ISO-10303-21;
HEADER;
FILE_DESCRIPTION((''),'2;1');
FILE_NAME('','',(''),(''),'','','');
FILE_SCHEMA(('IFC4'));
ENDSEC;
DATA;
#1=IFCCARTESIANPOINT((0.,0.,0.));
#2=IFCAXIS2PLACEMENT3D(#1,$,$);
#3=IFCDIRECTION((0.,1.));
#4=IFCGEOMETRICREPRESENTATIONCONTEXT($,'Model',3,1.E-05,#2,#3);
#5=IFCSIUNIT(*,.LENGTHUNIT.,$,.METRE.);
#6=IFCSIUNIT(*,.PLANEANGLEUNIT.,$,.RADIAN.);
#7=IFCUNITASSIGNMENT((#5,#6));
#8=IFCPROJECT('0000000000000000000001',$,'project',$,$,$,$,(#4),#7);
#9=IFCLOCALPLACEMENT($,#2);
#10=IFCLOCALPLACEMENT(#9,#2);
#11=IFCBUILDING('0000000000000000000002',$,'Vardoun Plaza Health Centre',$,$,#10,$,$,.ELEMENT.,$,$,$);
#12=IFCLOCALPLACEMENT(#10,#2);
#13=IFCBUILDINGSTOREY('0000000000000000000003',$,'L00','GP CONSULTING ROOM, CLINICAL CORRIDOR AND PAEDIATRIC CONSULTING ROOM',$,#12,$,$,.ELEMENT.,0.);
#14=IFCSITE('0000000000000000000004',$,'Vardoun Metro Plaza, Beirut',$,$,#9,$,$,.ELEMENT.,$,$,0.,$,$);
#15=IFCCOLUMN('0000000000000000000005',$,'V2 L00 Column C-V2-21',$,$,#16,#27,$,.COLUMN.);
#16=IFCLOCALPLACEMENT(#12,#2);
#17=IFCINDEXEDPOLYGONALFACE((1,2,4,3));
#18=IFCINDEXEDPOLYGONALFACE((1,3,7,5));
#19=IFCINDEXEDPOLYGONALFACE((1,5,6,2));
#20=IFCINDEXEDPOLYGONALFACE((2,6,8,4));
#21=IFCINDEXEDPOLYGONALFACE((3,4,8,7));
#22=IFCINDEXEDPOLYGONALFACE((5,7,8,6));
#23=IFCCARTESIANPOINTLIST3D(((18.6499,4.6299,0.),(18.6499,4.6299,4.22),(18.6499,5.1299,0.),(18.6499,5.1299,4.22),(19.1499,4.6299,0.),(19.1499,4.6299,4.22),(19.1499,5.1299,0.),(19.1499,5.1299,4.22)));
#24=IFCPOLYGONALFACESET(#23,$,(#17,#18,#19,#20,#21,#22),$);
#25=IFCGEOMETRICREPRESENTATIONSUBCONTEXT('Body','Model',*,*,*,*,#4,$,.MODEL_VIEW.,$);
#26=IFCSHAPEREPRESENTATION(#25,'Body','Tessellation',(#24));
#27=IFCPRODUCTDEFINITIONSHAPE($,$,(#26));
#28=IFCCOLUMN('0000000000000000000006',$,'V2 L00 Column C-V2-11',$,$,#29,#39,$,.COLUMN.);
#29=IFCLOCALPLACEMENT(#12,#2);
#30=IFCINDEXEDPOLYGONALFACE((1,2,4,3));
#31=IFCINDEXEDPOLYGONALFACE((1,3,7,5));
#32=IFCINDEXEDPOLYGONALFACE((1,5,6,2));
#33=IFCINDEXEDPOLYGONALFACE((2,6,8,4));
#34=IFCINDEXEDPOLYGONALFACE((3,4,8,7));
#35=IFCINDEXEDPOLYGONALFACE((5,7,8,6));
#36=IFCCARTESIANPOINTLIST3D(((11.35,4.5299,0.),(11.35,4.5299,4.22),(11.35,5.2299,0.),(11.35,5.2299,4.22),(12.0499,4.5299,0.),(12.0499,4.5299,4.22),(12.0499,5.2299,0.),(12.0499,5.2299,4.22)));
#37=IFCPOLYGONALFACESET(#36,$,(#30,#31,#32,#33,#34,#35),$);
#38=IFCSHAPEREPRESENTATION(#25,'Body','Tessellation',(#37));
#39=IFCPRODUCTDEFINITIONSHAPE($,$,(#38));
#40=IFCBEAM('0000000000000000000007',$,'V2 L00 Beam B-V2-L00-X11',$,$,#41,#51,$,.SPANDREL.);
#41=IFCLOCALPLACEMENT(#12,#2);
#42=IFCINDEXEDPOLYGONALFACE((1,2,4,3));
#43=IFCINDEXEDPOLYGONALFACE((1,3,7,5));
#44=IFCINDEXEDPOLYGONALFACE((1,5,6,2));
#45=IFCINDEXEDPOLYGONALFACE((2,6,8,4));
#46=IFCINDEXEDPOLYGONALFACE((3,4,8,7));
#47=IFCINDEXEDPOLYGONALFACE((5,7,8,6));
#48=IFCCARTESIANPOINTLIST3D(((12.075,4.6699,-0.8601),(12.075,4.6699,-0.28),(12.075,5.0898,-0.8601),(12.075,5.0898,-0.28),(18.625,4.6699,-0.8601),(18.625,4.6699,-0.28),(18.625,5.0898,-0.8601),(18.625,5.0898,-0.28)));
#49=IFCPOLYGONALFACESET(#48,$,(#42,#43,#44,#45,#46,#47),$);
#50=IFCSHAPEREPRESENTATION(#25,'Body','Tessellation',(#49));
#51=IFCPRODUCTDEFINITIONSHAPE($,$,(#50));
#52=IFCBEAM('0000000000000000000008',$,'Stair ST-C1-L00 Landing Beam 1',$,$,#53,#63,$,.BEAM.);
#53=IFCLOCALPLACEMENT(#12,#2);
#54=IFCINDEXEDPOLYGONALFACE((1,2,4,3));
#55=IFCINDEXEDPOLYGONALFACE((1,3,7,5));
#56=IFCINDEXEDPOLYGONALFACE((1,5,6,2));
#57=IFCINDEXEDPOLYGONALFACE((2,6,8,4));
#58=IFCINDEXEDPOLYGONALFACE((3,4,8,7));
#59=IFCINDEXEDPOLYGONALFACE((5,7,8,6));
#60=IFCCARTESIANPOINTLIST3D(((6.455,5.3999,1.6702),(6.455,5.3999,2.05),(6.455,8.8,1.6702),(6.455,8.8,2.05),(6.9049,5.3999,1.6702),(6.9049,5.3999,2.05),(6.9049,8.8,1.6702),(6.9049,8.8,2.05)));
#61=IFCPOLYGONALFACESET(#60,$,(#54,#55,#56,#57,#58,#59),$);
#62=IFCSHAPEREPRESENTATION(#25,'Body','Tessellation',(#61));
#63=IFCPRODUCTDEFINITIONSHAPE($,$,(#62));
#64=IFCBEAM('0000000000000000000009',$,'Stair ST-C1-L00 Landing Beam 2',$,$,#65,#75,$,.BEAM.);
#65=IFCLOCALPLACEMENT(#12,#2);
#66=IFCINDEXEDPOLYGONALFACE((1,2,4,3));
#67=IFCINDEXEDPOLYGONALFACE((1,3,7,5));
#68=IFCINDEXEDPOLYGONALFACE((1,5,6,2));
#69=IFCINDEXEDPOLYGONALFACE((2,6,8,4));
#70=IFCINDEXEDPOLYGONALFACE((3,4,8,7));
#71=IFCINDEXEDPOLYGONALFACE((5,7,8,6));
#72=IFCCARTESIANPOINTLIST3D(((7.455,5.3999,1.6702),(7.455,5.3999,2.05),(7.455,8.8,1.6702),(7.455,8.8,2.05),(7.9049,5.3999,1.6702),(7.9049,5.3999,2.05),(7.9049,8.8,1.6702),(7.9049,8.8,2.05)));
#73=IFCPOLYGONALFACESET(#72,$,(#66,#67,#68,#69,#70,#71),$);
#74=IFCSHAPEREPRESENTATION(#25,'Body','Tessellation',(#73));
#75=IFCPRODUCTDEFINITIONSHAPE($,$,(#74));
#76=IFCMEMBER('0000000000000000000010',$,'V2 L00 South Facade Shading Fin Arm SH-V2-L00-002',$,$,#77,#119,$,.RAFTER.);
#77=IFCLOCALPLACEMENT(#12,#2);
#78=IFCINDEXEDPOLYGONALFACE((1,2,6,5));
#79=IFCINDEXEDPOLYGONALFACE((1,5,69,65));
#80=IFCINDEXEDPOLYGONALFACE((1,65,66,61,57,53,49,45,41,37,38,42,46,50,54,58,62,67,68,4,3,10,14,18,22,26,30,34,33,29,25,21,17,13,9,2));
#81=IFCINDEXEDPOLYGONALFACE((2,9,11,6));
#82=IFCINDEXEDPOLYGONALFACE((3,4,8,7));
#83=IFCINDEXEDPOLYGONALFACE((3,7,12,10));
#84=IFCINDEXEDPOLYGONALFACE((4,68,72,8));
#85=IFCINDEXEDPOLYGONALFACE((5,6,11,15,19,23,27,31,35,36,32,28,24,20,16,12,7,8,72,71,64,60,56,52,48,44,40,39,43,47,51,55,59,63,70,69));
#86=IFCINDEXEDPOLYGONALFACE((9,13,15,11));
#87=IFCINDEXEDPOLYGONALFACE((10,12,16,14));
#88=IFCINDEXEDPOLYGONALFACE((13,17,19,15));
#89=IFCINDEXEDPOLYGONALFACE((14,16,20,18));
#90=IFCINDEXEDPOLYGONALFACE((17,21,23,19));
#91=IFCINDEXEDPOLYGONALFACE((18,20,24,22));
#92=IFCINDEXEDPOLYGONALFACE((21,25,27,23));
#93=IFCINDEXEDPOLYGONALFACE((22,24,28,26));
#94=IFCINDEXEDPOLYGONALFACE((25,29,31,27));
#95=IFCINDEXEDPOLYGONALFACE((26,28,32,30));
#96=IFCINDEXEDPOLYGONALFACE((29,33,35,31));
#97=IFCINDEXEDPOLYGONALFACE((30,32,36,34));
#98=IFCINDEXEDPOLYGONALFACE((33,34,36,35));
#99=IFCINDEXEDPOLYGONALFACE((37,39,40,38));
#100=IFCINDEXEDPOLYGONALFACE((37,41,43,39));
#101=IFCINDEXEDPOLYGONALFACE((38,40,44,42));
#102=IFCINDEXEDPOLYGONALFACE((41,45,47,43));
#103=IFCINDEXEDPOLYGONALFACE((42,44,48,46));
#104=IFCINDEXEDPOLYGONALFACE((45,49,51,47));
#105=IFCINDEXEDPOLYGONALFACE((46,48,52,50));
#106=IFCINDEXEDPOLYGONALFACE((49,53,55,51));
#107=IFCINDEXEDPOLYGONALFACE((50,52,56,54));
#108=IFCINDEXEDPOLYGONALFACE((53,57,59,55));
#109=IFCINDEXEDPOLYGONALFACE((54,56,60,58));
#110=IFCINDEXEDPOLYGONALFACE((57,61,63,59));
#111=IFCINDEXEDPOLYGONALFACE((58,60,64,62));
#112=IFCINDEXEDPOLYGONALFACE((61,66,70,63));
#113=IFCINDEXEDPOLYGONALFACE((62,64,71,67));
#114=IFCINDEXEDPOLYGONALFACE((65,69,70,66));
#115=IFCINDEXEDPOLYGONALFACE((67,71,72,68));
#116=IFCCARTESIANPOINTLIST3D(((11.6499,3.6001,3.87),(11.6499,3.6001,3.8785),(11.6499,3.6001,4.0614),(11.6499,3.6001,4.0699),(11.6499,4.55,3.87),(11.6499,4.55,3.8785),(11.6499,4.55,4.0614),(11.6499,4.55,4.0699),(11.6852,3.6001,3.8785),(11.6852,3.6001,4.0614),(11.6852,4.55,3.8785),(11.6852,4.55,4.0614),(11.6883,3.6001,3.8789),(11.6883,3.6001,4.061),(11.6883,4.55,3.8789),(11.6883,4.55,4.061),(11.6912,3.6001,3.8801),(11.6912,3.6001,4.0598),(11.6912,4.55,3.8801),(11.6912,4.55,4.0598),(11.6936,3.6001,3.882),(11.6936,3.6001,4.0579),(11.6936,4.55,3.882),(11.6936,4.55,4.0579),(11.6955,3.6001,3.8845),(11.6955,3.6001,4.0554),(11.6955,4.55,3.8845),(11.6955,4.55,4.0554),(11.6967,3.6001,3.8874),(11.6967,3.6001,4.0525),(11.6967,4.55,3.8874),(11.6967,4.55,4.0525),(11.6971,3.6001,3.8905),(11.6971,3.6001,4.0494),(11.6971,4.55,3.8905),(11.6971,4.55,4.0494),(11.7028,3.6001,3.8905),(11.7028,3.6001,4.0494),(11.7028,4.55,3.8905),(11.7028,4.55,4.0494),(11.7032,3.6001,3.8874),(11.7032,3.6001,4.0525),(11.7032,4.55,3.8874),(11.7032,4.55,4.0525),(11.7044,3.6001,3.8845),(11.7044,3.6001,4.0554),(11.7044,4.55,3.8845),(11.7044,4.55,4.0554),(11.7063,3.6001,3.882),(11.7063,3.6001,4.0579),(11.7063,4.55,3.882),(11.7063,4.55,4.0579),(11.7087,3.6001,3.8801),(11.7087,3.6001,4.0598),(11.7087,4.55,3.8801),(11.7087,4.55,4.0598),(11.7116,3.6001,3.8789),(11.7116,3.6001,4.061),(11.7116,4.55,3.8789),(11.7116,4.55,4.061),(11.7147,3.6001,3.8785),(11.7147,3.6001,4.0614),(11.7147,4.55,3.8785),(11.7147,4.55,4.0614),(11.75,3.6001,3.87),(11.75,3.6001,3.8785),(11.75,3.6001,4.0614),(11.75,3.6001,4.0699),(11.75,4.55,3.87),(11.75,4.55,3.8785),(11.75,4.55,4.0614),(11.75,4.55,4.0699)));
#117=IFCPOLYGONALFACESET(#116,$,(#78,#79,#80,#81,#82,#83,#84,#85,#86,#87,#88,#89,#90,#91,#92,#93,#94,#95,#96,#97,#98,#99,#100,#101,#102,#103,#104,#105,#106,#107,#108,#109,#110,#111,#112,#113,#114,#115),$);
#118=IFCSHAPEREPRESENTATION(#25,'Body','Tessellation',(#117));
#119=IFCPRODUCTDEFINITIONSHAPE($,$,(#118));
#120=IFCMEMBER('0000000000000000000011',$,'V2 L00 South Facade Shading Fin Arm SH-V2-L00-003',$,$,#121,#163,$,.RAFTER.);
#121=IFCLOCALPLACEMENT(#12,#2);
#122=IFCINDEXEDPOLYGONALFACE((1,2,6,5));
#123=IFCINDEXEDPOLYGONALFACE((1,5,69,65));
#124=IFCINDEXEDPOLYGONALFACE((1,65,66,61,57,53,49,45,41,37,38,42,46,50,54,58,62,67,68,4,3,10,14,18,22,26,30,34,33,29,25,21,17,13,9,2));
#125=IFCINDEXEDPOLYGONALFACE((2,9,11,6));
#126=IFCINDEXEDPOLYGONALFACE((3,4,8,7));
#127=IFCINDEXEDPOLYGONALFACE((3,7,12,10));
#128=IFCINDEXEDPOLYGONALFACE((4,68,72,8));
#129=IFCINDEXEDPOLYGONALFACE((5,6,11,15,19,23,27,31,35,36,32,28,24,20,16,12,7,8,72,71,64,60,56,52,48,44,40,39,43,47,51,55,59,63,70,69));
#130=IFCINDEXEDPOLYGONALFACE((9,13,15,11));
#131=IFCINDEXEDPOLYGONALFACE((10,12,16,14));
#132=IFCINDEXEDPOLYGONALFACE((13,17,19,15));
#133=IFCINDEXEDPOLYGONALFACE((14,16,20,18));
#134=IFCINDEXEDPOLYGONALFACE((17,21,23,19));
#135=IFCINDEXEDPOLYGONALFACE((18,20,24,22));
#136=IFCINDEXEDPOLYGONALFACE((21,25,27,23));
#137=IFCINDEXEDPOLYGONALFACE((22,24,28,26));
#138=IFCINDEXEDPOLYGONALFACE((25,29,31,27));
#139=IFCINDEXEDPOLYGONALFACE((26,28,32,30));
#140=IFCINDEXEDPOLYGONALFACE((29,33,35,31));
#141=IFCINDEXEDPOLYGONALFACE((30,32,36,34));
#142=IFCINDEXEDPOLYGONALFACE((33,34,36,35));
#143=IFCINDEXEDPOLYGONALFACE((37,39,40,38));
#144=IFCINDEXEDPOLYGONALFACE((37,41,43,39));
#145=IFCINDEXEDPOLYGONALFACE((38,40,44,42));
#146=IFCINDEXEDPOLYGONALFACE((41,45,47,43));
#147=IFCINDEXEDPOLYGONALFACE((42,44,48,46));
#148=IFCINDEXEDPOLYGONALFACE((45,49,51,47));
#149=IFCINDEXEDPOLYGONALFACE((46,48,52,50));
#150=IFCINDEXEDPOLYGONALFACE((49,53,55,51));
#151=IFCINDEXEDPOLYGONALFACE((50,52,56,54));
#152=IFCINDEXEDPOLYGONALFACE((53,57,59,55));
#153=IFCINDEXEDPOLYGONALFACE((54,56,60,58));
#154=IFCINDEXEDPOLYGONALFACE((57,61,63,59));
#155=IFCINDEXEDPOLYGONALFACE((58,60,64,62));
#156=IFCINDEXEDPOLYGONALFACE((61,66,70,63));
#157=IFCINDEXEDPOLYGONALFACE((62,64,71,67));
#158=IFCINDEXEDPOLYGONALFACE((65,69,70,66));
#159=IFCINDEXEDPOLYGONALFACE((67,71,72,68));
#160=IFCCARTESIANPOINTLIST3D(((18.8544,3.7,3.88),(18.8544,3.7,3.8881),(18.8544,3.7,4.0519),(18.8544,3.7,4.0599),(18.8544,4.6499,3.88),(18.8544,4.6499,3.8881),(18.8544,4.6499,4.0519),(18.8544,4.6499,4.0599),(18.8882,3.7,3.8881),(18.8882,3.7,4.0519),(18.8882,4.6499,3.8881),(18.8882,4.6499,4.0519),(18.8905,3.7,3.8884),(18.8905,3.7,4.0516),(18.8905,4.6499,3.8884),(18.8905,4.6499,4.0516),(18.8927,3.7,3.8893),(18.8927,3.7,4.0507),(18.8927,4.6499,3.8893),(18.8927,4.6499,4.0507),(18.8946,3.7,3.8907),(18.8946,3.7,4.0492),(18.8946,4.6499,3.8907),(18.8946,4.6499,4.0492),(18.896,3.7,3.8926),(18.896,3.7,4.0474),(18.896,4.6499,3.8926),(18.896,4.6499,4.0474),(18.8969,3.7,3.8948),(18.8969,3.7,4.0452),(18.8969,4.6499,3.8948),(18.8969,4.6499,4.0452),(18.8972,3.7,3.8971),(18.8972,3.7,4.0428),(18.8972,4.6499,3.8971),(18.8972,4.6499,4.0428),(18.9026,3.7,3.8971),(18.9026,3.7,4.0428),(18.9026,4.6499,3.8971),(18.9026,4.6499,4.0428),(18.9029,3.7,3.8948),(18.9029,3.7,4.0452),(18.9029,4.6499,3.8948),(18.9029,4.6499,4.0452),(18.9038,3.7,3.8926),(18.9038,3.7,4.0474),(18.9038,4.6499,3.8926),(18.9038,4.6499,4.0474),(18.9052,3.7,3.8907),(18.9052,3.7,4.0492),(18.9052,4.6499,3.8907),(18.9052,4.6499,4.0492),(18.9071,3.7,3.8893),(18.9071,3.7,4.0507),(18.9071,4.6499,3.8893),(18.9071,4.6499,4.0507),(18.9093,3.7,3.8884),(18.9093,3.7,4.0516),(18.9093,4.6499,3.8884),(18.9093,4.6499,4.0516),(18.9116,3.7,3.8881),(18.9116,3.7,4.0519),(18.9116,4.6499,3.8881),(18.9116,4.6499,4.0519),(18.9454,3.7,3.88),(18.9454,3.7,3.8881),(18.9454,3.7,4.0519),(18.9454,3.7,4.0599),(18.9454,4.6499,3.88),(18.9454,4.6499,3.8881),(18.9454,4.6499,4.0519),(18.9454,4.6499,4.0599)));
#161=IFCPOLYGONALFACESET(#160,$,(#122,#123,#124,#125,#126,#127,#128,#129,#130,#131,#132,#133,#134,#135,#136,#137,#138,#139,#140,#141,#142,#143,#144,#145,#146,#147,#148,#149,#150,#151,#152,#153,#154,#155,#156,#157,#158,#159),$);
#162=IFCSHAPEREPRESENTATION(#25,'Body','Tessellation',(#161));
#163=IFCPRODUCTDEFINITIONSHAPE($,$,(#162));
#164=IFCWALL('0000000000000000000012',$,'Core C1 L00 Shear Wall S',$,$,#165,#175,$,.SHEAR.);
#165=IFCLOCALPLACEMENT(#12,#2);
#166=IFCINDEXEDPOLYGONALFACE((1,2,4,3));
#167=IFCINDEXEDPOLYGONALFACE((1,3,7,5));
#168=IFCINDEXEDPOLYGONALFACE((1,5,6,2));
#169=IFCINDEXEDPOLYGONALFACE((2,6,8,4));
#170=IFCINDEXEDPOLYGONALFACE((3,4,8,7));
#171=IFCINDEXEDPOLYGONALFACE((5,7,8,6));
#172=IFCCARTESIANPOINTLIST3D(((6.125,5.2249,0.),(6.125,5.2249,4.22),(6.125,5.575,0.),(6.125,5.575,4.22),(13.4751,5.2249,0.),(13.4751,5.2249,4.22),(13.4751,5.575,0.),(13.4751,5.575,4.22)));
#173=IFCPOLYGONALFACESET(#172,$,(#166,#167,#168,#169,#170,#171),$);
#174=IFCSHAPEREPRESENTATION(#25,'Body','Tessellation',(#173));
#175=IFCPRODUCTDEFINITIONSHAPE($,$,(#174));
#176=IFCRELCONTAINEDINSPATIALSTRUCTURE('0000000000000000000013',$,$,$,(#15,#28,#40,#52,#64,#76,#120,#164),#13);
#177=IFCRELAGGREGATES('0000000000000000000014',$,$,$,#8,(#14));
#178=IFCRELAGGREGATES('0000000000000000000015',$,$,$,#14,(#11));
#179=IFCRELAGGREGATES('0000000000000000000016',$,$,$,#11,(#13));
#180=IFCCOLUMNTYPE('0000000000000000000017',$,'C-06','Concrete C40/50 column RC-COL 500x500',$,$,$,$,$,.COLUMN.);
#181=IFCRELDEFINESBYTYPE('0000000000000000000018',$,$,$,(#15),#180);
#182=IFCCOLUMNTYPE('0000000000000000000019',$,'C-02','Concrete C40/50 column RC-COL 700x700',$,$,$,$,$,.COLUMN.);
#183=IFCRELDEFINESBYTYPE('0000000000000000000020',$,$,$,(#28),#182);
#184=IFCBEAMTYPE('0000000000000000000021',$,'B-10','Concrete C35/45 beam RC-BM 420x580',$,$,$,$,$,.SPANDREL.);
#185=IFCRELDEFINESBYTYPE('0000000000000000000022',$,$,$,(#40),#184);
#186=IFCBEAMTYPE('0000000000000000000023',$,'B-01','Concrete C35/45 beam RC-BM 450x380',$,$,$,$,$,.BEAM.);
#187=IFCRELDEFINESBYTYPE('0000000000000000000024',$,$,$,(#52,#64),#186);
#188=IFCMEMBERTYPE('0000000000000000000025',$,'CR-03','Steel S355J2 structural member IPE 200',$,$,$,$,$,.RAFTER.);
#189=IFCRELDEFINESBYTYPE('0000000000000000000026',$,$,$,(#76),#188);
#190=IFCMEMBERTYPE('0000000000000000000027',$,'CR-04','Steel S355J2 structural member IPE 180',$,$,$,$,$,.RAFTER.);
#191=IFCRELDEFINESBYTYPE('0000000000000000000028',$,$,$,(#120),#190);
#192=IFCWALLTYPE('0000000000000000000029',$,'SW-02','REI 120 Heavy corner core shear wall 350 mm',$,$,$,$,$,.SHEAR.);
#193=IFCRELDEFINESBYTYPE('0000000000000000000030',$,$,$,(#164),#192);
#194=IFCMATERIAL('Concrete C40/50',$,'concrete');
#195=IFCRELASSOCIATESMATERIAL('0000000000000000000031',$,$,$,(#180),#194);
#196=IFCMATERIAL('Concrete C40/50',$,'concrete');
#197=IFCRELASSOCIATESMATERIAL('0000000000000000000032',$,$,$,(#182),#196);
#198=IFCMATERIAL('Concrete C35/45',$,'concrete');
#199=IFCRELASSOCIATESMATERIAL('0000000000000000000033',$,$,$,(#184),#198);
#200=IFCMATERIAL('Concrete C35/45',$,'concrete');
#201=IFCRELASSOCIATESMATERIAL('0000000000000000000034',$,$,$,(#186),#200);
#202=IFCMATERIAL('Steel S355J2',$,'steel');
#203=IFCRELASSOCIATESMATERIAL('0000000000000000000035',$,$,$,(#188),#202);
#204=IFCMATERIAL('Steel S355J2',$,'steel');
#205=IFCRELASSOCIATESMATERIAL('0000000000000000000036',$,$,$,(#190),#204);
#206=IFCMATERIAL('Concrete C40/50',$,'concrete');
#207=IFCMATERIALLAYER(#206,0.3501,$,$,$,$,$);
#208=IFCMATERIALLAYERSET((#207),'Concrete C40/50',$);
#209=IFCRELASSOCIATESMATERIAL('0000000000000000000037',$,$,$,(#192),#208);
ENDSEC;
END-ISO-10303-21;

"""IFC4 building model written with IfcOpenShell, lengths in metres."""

from ifc_helpers import new_model, si_unit, direction, frame, frame_2d, origin, origin_2d, place, context, subcontext, project, spatial, rectangle, i_section, extrude, material, layer, layer_set, material_profile, profile_set, type_object, element, save


model = new_model("IFC4")

# Units and contexts
model_context = context("Model", 3, precision=1e-05, world=origin(), true_north=direction((0.0, 1.0)))
body_context = subcontext(model_context, "Body", "Model", "MODEL_VIEW")
ifc_project = project(units=[si_unit("LENGTHUNIT", "METRE"), si_unit("PLANEANGLEUNIT", "RADIAN")], contexts=[model_context])

# Site, building, storey
site_placement = place(None, origin())
site = spatial("IfcSite", under=ifc_project, at=site_placement, Name="Vardoun Metro Plaza, Beirut", CompositionType="ELEMENT", RefElevation=0.0)
building_placement = place(site_placement, origin())
building = spatial("IfcBuilding", under=site, at=building_placement, Name="Vardoun Plaza Health Centre", CompositionType="ELEMENT")
storey_placement = place(building_placement, origin())
storey = spatial("IfcBuildingStorey", under=building, at=storey_placement, Name="L00", Description="GP CONSULTING ROOM, CLINICAL CORRIDOR AND PAEDIATRIC CONSULTING ROOM", CompositionType="ELEMENT", Elevation=0.0)

# Columns
ifc_material_1 = material(Name="Concrete C40/50", Category="concrete")
ifc_material_profile_1 = material_profile(ifc_material_1, rectangle(XDim=0.5, YDim=0.5, at=origin_2d()), Name="RC-COL 500x500")
ifc_profile_set_1 = profile_set([ifc_material_profile_1], Name="Concrete C40/50")
column_type_1 = type_object("IfcColumnType", Name="C-06", Description="Concrete C40/50 column RC-COL 500x500", PredefinedType="COLUMN", material=ifc_profile_set_1)
column_1_placement = place(storey_placement, frame((18.8999, 4.8799, 0.0), z_axis=(0.0, 0.0, 1.0), x_axis=(1.0, 0.0, 0.0)))
element("IfcColumn", 1, at=column_1_placement, inside=storey, type_object=column_type_1, Name="V2 L00 Column C-V2-21", PredefinedType="COLUMN", context=body_context, shape_type="SweptSolid", body=[
    extrude(rectangle(XDim=0.5, YDim=0.5, at=origin_2d()), origin(), (0.0, 0.0, 1.0), 4.22),
])
ifc_material_2 = material(Name="Concrete C40/50", Category="concrete")
ifc_material_profile_2 = material_profile(ifc_material_2, rectangle(XDim=0.7, YDim=0.7, at=origin_2d()), Name="RC-COL 700x700")
ifc_profile_set_2 = profile_set([ifc_material_profile_2], Name="Concrete C40/50")
column_type_2 = type_object("IfcColumnType", Name="C-02", Description="Concrete C40/50 column RC-COL 700x700", PredefinedType="COLUMN", material=ifc_profile_set_2)
column_2_placement = place(storey_placement, frame((11.7, 4.8799, 0.0), z_axis=(0.0, 0.0, 1.0), x_axis=(1.0, 0.0, 0.0)))
element("IfcColumn", 2, at=column_2_placement, inside=storey, type_object=column_type_2, Name="V2 L00 Column C-V2-11", PredefinedType="COLUMN", context=body_context, shape_type="SweptSolid", body=[
    extrude(rectangle(XDim=0.7, YDim=0.7, at=origin_2d()), origin(), (0.0, 0.0, 1.0), 4.22),
])

# Beams
ifc_material_3 = material(Name="Concrete C35/45", Category="concrete")
ifc_material_profile_3 = material_profile(ifc_material_3, rectangle(XDim=0.4199, YDim=0.5801, at=origin_2d()), Name="RC-BM 420x580")
ifc_profile_set_3 = profile_set([ifc_material_profile_3], Name="Concrete C35/45")
beam_type_1 = type_object("IfcBeamType", Name="B-10", Description="Concrete C35/45 beam RC-BM 420x580", PredefinedType="SPANDREL", material=ifc_profile_set_3)
beam_placement = place(storey_placement, frame((12.075, 4.8799, -0.5701), z_axis=(1.0, 0.0, 0.0), x_axis=(0.0, 1.0, 0.0)))
element("IfcBeam", 3, at=beam_placement, inside=storey, type_object=beam_type_1, Name="V2 L00 Beam B-V2-L00-X11", PredefinedType="SPANDREL", context=body_context, shape_type="SweptSolid", body=[
    extrude(rectangle(XDim=0.4199, YDim=0.5801, at=origin_2d()), origin(), (0.0, 0.0, 1.0), 6.55),
])
ifc_material_4 = material(Name="Concrete C35/45", Category="concrete")
ifc_material_profile_4 = material_profile(ifc_material_4, rectangle(XDim=0.45, YDim=0.3799, at=origin_2d()), Name="RC-BM 450x380")
ifc_profile_set_4 = profile_set([ifc_material_profile_4], Name="Concrete C35/45")
beam_type_2 = type_object("IfcBeamType", Name="B-01", Description="Concrete C35/45 beam RC-BM 450x380", PredefinedType="BEAM", material=ifc_profile_set_4)
for number, where, z_axis, x_axis, name in (
    (4, (6.6799, 5.3999, 1.8601), (0.0, 1.0, 0.0), (-1.0, 0.0, 0.0), "Stair ST-C1-L00 Landing Beam 1"),
    (5, (7.6799, 5.3999, 1.8601), (0.0, 1.0, 0.0), (-1.0, 0.0, 0.0), "Stair ST-C1-L00 Landing Beam 2"),
):
    element("IfcBeam", number, at=place(storey_placement, frame(where, z_axis=z_axis, x_axis=x_axis)), inside=storey, type_object=beam_type_2, Name=name, PredefinedType="BEAM", context=body_context, shape_type="SweptSolid", body=[
        extrude(rectangle(XDim=0.45, YDim=0.3799, at=origin_2d()), origin(), (0.0, 0.0, 1.0), 3.4001),
    ])

# Members
ifc_material_5 = material(Name="Steel S355J2", Category="steel")
ifc_material_profile_5 = material_profile(ifc_material_5, i_section(OverallWidth=0.1001, OverallDepth=0.2, WebThickness=0.0056, FlangeThickness=0.0085, FilletRadius=0.012, at=origin_2d()), Name="IPE 200")
ifc_profile_set_5 = profile_set([ifc_material_profile_5], Name="Steel S355J2")
member_type_1 = type_object("IfcMemberType", Name="CR-03", Description="Steel S355J2 structural member IPE 200", PredefinedType="RAFTER", material=ifc_profile_set_5)
member_1_placement = place(storey_placement, frame((11.7, 4.55, 3.97), z_axis=(0.0, -1.0, 0.0), x_axis=(1.0, 0.0, 0.0)))
element("IfcMember", 6, at=member_1_placement, inside=storey, type_object=member_type_1, Name="V2 L00 South Facade Shading Fin Arm SH-V2-L00-002", PredefinedType="RAFTER", context=body_context, shape_type="SweptSolid", body=[
    extrude(i_section(OverallWidth=0.1001, OverallDepth=0.2, WebThickness=0.0056, FlangeThickness=0.0085, FilletRadius=0.012, at=origin_2d()), origin(), (0.0, 0.0, 1.0), 0.95),
])
ifc_material_6 = material(Name="Steel S355J2", Category="steel")
ifc_material_profile_6 = material_profile(ifc_material_6, i_section(OverallWidth=0.0911, OverallDepth=0.1799, WebThickness=0.0054, FlangeThickness=0.0081, FilletRadius=0.009, at=origin_2d()), Name="IPE 180")
ifc_profile_set_6 = profile_set([ifc_material_profile_6], Name="Steel S355J2")
member_type_2 = type_object("IfcMemberType", Name="CR-04", Description="Steel S355J2 structural member IPE 180", PredefinedType="RAFTER", material=ifc_profile_set_6)
member_2_placement = place(storey_placement, frame((18.8999, 4.6499, 3.97), z_axis=(0.0, -1.0, 0.0), x_axis=(1.0, 0.0, 0.0)))
element("IfcMember", 7, at=member_2_placement, inside=storey, type_object=member_type_2, Name="V2 L00 South Facade Shading Fin Arm SH-V2-L00-003", PredefinedType="RAFTER", context=body_context, shape_type="SweptSolid", body=[
    extrude(i_section(OverallWidth=0.0911, OverallDepth=0.1799, WebThickness=0.0054, FlangeThickness=0.0081, FilletRadius=0.009, at=origin_2d()), origin(), (0.0, 0.0, 1.0), 0.95),
])

# Wall
ifc_material_7 = material(Name="Concrete C40/50", Category="concrete")
ifc_layer_1 = layer(ifc_material_7, 0.3501)
ifc_layer_set_1 = layer_set([ifc_layer_1], Name="Concrete C40/50")
wall_type_1 = type_object("IfcWallType", Name="SW-02", Description="REI 120 Heavy corner core shear wall 350 mm", PredefinedType="SHEAR", material=ifc_layer_set_1)
wall_1_placement = place(storey_placement, frame((13.4751, 5.3999, 0.0), z_axis=(0.0, 0.0, 1.0), x_axis=(-1.0, 0.0, 0.0)))
element("IfcWall", 8, at=wall_1_placement, inside=storey, type_object=wall_type_1, Name="Core C1 L00 Shear Wall S", PredefinedType="SHEAR", context=body_context, shape_type="SweptSolid", body=[
    extrude(rectangle(XDim=7.3501, YDim=0.3501, at=frame_2d((3.675, 0.0))), origin(), (0.0, 0.0, 1.0), 4.22),
])

save(model, "model.ifc")
